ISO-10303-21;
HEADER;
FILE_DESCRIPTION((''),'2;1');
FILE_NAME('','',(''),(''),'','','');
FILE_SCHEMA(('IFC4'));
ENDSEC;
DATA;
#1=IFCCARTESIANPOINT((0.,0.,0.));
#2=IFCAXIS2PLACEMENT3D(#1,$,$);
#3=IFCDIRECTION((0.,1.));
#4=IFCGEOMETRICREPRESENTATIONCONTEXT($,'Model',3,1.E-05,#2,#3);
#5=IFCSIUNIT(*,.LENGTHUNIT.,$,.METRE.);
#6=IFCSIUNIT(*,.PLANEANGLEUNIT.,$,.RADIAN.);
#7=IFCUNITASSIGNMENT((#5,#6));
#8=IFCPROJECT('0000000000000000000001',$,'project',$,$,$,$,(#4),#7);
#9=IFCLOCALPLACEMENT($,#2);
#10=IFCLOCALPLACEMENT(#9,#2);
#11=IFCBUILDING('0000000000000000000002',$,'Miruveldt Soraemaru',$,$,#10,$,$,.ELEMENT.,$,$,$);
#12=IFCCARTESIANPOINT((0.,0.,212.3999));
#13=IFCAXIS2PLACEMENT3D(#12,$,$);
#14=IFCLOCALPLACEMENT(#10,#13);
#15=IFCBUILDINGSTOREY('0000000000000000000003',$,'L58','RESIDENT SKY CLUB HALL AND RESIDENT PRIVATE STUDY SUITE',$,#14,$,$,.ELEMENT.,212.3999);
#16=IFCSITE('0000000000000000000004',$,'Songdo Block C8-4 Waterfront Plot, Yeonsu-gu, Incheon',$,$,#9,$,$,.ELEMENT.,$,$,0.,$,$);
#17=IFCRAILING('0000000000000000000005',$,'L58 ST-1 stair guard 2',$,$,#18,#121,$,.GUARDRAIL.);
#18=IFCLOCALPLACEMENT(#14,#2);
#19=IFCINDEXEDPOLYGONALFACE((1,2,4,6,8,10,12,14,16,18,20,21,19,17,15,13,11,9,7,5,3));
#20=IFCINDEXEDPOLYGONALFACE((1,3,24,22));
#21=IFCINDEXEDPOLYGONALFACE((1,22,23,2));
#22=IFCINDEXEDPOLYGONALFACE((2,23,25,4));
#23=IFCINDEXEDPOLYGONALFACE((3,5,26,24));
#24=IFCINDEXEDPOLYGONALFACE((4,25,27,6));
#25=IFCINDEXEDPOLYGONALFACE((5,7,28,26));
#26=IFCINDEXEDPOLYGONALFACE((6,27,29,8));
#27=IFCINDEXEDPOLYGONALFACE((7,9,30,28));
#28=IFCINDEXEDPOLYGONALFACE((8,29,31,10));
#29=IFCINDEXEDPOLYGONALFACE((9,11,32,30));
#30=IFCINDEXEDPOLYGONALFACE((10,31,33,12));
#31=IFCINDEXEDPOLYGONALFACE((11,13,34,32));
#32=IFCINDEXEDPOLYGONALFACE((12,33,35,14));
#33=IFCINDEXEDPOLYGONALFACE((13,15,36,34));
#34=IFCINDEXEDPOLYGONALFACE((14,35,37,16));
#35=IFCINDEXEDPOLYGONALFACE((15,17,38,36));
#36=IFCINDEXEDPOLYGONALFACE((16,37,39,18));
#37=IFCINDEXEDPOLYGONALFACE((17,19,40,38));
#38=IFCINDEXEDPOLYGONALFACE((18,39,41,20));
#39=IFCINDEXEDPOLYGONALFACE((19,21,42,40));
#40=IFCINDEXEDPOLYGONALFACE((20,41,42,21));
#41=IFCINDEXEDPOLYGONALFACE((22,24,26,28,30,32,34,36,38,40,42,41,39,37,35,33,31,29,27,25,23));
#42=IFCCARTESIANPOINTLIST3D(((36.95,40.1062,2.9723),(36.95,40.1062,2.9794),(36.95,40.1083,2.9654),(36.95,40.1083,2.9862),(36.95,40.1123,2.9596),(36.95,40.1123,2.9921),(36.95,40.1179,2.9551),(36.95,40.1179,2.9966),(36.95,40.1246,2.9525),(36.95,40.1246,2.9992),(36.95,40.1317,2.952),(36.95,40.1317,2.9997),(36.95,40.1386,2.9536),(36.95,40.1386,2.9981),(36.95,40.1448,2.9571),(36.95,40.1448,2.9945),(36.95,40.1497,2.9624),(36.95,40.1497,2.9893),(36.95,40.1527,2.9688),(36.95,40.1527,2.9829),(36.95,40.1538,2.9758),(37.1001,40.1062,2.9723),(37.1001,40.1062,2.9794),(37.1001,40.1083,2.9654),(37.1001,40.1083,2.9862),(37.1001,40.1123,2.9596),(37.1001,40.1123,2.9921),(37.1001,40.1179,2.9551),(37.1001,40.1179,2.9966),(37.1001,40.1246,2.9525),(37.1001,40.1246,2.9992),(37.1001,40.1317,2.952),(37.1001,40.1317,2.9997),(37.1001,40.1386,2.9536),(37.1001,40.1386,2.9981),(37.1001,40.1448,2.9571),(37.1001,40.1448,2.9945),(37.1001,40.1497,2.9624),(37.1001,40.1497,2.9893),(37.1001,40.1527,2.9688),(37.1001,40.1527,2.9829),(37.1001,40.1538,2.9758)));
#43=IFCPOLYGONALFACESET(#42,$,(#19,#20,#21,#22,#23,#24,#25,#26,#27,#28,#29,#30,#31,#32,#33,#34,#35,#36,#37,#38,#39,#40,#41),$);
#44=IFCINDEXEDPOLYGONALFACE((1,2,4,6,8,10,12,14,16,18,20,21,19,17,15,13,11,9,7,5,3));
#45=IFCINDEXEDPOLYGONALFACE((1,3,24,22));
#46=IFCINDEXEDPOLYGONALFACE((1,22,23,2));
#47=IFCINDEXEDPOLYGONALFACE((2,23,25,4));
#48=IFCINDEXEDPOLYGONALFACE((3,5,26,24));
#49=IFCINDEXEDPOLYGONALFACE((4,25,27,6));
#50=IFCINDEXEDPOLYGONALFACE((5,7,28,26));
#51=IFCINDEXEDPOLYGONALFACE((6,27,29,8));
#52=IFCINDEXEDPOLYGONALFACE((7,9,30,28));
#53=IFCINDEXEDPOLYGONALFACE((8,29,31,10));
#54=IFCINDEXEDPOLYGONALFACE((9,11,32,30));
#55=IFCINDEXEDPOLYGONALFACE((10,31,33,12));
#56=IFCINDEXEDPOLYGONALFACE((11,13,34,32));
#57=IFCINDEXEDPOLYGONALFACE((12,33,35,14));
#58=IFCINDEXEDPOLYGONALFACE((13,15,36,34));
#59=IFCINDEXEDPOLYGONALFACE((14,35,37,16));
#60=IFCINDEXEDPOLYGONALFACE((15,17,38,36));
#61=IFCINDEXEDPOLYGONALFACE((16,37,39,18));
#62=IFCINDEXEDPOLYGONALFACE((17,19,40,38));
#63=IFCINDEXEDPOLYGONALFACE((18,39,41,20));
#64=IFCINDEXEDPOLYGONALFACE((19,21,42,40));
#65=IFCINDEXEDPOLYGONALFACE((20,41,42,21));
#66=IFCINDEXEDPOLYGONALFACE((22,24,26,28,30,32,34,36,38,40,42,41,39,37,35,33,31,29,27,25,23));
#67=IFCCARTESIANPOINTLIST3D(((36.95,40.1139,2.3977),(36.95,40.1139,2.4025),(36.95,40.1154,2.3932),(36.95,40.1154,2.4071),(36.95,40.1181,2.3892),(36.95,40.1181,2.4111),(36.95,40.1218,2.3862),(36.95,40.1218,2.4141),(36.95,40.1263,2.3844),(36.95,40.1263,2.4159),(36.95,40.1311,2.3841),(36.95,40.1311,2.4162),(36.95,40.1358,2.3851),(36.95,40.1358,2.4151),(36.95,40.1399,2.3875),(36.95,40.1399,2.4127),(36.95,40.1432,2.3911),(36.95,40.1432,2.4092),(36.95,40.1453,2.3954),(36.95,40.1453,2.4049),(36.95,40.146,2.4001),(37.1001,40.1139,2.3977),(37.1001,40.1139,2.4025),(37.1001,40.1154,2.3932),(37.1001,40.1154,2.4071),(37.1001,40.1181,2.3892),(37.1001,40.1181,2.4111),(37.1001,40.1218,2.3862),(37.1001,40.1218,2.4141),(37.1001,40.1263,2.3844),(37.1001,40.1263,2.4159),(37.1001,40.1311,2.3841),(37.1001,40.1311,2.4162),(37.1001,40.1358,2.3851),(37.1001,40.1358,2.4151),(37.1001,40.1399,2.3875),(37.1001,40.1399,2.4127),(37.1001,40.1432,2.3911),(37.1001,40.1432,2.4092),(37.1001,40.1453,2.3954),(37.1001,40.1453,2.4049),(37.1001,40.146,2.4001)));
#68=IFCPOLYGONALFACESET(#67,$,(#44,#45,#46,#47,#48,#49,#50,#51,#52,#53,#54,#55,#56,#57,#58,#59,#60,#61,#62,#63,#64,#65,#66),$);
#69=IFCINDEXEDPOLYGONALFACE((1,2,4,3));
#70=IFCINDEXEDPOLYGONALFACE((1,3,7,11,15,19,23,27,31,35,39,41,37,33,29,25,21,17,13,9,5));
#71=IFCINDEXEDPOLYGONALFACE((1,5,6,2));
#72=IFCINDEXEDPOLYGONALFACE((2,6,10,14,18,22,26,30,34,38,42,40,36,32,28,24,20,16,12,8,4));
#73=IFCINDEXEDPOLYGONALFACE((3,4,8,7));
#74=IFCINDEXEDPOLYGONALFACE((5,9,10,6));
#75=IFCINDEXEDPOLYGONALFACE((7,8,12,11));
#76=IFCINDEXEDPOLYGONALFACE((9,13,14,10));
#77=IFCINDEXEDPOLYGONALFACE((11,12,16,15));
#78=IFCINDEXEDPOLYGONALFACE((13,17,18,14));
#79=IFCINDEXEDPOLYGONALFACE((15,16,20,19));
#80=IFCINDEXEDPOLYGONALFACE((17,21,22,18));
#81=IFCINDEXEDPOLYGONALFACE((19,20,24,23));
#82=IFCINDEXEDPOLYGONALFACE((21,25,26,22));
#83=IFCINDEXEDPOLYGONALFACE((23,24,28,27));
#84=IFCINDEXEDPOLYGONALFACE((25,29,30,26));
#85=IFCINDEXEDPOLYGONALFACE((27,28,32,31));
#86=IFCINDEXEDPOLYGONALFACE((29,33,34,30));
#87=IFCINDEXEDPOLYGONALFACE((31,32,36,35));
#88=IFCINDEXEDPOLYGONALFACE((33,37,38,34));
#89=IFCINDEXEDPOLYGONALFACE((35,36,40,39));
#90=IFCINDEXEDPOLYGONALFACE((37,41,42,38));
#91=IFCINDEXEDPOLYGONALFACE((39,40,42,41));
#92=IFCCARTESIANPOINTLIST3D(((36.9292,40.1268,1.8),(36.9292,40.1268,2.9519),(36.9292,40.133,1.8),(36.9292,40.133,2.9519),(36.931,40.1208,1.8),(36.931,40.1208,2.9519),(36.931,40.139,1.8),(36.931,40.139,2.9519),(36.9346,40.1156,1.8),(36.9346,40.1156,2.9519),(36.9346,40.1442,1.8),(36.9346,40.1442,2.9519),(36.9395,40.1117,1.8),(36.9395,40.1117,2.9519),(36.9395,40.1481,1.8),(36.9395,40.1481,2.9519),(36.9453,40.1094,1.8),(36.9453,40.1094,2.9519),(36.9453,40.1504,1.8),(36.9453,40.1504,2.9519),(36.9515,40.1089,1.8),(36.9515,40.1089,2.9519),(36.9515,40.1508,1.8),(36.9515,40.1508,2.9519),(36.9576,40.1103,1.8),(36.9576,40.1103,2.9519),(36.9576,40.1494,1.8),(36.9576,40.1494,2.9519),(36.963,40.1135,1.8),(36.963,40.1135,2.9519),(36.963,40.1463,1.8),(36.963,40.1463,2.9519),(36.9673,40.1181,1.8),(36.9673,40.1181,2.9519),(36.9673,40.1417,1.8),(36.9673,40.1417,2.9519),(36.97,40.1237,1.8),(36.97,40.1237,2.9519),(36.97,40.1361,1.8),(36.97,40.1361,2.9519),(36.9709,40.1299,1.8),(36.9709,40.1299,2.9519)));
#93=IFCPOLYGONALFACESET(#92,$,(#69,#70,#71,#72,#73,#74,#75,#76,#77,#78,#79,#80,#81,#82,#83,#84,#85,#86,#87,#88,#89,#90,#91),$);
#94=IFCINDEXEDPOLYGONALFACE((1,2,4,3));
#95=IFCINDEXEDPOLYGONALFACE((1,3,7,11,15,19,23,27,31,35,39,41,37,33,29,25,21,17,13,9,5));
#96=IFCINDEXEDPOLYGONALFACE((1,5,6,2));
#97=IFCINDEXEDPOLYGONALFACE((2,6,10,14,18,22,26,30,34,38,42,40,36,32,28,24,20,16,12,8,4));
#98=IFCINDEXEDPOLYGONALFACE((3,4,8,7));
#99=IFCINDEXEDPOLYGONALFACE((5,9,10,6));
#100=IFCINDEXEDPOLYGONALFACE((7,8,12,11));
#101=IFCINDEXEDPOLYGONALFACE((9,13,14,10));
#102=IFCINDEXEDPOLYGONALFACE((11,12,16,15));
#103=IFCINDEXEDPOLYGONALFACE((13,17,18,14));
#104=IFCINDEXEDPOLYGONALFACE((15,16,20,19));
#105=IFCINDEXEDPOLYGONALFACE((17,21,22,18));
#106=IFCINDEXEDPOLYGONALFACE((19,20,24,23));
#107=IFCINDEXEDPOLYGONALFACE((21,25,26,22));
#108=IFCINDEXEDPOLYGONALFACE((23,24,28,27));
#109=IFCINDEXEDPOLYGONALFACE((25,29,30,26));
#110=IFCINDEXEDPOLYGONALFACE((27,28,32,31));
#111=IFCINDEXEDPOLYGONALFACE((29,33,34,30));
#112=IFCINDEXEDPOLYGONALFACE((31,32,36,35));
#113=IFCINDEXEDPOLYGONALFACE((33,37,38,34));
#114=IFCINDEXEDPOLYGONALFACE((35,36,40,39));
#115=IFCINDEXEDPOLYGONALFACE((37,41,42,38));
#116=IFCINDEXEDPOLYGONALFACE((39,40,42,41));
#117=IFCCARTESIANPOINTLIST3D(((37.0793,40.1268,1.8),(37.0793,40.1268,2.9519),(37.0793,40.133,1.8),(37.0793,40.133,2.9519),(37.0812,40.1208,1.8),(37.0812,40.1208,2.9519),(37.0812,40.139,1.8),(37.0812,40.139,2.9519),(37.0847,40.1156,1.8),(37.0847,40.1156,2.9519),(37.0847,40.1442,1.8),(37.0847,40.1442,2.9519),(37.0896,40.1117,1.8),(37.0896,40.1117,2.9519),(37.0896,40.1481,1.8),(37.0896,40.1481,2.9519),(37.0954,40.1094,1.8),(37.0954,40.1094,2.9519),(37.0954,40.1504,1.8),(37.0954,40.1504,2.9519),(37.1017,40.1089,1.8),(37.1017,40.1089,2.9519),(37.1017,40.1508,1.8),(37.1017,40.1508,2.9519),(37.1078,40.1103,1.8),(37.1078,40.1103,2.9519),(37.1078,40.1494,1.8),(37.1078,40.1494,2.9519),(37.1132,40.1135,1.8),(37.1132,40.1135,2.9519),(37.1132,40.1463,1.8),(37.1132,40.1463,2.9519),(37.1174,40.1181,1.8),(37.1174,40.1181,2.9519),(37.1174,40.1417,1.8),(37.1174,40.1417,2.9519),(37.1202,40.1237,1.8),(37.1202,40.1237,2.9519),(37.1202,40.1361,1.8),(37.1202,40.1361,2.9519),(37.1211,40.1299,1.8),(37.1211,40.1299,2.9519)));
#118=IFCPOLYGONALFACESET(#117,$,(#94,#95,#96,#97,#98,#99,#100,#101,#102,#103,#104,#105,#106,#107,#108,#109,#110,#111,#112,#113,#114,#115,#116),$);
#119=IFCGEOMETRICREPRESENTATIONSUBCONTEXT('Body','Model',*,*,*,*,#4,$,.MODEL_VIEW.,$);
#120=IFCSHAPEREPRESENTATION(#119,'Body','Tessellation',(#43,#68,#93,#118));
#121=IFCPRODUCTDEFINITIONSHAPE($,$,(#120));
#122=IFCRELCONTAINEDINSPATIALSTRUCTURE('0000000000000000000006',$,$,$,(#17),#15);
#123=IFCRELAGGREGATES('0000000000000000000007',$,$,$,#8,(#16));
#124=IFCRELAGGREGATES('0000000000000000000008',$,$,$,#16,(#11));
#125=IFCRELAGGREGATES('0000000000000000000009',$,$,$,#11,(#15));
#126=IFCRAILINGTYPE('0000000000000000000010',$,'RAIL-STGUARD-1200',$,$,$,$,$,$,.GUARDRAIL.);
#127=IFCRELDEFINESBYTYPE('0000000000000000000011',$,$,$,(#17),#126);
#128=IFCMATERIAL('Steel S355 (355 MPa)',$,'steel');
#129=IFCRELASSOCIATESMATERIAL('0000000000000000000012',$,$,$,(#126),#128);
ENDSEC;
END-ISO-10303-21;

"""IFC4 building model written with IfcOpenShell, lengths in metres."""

from ifc_helpers import new_model, si_unit, direction, frame, origin, origin_2d, place, context, subcontext, project, spatial, circle, extrude, material, type_object, element, save


model = new_model("IFC4")

# Units and contexts
model_context = context("Model", 3, precision=1e-05, world=origin(), true_north=direction((0.0, 1.0)))
body_context = subcontext(model_context, "Body", "Model", "MODEL_VIEW")
ifc_project = project(units=[si_unit("LENGTHUNIT", "METRE"), si_unit("PLANEANGLEUNIT", "RADIAN")], contexts=[model_context])

# Site, building, storey
site_placement = place(None, origin())
site = spatial("IfcSite", under=ifc_project, at=site_placement, Name="Songdo Block C8-4 Waterfront Plot, Yeonsu-gu, Incheon", CompositionType="ELEMENT", RefElevation=0.0)
building_placement = place(site_placement, origin())
building = spatial("IfcBuilding", under=site, at=building_placement, Name="Miruveldt Soraemaru", CompositionType="ELEMENT")
storey_placement = place(building_placement, frame((0.0, 0.0, 212.3999)))
storey = spatial("IfcBuildingStorey", under=building, at=storey_placement, Name="L58", Description="RESIDENT SKY CLUB HALL AND RESIDENT PRIVATE STUDY SUITE", CompositionType="ELEMENT", Elevation=212.3999)

# Railing
ifc_material_1 = material(Name="Steel S355 (355 MPa)", Category="steel")
railing_type = type_object("IfcRailingType", Name="RAIL-STGUARD-1200", PredefinedType="GUARDRAIL", material=ifc_material_1)
railing_placement = place(storey_placement, frame((36.95, 40.1299, 1.8)))
element("IfcRailing", 1, at=railing_placement, inside=storey, type_object=railing_type, Name="L58 ST-1 stair guard 2", PredefinedType="GUARDRAIL", context=body_context, shape_type="SweptSolid", body=[
    extrude(circle(Radius=0.0239, at=origin_2d()), frame((0.0, 0.0, 1.1758), z_axis=(1.0, 0.0, 0.0), x_axis=(0.0, 1.0, 0.0)), (0.0, 0.0, 1.0), 0.1501),
    extrude(circle(Radius=0.0161, at=origin_2d()), frame((0.0, 0.0, 0.6001), z_axis=(1.0, 0.0, 0.0), x_axis=(0.0, 1.0, 0.0)), (0.0, 0.0, 1.0), 0.1501),
    extrude(circle(Radius=0.021, at=origin_2d()), origin(), (0.0, 0.0, 1.0), 1.1519),
    extrude(circle(Radius=0.021, at=origin_2d()), frame((0.1501, 0.0, 0.0)), (0.0, 0.0, 1.0), 1.1519),
])

save(model, "model.ifc")
